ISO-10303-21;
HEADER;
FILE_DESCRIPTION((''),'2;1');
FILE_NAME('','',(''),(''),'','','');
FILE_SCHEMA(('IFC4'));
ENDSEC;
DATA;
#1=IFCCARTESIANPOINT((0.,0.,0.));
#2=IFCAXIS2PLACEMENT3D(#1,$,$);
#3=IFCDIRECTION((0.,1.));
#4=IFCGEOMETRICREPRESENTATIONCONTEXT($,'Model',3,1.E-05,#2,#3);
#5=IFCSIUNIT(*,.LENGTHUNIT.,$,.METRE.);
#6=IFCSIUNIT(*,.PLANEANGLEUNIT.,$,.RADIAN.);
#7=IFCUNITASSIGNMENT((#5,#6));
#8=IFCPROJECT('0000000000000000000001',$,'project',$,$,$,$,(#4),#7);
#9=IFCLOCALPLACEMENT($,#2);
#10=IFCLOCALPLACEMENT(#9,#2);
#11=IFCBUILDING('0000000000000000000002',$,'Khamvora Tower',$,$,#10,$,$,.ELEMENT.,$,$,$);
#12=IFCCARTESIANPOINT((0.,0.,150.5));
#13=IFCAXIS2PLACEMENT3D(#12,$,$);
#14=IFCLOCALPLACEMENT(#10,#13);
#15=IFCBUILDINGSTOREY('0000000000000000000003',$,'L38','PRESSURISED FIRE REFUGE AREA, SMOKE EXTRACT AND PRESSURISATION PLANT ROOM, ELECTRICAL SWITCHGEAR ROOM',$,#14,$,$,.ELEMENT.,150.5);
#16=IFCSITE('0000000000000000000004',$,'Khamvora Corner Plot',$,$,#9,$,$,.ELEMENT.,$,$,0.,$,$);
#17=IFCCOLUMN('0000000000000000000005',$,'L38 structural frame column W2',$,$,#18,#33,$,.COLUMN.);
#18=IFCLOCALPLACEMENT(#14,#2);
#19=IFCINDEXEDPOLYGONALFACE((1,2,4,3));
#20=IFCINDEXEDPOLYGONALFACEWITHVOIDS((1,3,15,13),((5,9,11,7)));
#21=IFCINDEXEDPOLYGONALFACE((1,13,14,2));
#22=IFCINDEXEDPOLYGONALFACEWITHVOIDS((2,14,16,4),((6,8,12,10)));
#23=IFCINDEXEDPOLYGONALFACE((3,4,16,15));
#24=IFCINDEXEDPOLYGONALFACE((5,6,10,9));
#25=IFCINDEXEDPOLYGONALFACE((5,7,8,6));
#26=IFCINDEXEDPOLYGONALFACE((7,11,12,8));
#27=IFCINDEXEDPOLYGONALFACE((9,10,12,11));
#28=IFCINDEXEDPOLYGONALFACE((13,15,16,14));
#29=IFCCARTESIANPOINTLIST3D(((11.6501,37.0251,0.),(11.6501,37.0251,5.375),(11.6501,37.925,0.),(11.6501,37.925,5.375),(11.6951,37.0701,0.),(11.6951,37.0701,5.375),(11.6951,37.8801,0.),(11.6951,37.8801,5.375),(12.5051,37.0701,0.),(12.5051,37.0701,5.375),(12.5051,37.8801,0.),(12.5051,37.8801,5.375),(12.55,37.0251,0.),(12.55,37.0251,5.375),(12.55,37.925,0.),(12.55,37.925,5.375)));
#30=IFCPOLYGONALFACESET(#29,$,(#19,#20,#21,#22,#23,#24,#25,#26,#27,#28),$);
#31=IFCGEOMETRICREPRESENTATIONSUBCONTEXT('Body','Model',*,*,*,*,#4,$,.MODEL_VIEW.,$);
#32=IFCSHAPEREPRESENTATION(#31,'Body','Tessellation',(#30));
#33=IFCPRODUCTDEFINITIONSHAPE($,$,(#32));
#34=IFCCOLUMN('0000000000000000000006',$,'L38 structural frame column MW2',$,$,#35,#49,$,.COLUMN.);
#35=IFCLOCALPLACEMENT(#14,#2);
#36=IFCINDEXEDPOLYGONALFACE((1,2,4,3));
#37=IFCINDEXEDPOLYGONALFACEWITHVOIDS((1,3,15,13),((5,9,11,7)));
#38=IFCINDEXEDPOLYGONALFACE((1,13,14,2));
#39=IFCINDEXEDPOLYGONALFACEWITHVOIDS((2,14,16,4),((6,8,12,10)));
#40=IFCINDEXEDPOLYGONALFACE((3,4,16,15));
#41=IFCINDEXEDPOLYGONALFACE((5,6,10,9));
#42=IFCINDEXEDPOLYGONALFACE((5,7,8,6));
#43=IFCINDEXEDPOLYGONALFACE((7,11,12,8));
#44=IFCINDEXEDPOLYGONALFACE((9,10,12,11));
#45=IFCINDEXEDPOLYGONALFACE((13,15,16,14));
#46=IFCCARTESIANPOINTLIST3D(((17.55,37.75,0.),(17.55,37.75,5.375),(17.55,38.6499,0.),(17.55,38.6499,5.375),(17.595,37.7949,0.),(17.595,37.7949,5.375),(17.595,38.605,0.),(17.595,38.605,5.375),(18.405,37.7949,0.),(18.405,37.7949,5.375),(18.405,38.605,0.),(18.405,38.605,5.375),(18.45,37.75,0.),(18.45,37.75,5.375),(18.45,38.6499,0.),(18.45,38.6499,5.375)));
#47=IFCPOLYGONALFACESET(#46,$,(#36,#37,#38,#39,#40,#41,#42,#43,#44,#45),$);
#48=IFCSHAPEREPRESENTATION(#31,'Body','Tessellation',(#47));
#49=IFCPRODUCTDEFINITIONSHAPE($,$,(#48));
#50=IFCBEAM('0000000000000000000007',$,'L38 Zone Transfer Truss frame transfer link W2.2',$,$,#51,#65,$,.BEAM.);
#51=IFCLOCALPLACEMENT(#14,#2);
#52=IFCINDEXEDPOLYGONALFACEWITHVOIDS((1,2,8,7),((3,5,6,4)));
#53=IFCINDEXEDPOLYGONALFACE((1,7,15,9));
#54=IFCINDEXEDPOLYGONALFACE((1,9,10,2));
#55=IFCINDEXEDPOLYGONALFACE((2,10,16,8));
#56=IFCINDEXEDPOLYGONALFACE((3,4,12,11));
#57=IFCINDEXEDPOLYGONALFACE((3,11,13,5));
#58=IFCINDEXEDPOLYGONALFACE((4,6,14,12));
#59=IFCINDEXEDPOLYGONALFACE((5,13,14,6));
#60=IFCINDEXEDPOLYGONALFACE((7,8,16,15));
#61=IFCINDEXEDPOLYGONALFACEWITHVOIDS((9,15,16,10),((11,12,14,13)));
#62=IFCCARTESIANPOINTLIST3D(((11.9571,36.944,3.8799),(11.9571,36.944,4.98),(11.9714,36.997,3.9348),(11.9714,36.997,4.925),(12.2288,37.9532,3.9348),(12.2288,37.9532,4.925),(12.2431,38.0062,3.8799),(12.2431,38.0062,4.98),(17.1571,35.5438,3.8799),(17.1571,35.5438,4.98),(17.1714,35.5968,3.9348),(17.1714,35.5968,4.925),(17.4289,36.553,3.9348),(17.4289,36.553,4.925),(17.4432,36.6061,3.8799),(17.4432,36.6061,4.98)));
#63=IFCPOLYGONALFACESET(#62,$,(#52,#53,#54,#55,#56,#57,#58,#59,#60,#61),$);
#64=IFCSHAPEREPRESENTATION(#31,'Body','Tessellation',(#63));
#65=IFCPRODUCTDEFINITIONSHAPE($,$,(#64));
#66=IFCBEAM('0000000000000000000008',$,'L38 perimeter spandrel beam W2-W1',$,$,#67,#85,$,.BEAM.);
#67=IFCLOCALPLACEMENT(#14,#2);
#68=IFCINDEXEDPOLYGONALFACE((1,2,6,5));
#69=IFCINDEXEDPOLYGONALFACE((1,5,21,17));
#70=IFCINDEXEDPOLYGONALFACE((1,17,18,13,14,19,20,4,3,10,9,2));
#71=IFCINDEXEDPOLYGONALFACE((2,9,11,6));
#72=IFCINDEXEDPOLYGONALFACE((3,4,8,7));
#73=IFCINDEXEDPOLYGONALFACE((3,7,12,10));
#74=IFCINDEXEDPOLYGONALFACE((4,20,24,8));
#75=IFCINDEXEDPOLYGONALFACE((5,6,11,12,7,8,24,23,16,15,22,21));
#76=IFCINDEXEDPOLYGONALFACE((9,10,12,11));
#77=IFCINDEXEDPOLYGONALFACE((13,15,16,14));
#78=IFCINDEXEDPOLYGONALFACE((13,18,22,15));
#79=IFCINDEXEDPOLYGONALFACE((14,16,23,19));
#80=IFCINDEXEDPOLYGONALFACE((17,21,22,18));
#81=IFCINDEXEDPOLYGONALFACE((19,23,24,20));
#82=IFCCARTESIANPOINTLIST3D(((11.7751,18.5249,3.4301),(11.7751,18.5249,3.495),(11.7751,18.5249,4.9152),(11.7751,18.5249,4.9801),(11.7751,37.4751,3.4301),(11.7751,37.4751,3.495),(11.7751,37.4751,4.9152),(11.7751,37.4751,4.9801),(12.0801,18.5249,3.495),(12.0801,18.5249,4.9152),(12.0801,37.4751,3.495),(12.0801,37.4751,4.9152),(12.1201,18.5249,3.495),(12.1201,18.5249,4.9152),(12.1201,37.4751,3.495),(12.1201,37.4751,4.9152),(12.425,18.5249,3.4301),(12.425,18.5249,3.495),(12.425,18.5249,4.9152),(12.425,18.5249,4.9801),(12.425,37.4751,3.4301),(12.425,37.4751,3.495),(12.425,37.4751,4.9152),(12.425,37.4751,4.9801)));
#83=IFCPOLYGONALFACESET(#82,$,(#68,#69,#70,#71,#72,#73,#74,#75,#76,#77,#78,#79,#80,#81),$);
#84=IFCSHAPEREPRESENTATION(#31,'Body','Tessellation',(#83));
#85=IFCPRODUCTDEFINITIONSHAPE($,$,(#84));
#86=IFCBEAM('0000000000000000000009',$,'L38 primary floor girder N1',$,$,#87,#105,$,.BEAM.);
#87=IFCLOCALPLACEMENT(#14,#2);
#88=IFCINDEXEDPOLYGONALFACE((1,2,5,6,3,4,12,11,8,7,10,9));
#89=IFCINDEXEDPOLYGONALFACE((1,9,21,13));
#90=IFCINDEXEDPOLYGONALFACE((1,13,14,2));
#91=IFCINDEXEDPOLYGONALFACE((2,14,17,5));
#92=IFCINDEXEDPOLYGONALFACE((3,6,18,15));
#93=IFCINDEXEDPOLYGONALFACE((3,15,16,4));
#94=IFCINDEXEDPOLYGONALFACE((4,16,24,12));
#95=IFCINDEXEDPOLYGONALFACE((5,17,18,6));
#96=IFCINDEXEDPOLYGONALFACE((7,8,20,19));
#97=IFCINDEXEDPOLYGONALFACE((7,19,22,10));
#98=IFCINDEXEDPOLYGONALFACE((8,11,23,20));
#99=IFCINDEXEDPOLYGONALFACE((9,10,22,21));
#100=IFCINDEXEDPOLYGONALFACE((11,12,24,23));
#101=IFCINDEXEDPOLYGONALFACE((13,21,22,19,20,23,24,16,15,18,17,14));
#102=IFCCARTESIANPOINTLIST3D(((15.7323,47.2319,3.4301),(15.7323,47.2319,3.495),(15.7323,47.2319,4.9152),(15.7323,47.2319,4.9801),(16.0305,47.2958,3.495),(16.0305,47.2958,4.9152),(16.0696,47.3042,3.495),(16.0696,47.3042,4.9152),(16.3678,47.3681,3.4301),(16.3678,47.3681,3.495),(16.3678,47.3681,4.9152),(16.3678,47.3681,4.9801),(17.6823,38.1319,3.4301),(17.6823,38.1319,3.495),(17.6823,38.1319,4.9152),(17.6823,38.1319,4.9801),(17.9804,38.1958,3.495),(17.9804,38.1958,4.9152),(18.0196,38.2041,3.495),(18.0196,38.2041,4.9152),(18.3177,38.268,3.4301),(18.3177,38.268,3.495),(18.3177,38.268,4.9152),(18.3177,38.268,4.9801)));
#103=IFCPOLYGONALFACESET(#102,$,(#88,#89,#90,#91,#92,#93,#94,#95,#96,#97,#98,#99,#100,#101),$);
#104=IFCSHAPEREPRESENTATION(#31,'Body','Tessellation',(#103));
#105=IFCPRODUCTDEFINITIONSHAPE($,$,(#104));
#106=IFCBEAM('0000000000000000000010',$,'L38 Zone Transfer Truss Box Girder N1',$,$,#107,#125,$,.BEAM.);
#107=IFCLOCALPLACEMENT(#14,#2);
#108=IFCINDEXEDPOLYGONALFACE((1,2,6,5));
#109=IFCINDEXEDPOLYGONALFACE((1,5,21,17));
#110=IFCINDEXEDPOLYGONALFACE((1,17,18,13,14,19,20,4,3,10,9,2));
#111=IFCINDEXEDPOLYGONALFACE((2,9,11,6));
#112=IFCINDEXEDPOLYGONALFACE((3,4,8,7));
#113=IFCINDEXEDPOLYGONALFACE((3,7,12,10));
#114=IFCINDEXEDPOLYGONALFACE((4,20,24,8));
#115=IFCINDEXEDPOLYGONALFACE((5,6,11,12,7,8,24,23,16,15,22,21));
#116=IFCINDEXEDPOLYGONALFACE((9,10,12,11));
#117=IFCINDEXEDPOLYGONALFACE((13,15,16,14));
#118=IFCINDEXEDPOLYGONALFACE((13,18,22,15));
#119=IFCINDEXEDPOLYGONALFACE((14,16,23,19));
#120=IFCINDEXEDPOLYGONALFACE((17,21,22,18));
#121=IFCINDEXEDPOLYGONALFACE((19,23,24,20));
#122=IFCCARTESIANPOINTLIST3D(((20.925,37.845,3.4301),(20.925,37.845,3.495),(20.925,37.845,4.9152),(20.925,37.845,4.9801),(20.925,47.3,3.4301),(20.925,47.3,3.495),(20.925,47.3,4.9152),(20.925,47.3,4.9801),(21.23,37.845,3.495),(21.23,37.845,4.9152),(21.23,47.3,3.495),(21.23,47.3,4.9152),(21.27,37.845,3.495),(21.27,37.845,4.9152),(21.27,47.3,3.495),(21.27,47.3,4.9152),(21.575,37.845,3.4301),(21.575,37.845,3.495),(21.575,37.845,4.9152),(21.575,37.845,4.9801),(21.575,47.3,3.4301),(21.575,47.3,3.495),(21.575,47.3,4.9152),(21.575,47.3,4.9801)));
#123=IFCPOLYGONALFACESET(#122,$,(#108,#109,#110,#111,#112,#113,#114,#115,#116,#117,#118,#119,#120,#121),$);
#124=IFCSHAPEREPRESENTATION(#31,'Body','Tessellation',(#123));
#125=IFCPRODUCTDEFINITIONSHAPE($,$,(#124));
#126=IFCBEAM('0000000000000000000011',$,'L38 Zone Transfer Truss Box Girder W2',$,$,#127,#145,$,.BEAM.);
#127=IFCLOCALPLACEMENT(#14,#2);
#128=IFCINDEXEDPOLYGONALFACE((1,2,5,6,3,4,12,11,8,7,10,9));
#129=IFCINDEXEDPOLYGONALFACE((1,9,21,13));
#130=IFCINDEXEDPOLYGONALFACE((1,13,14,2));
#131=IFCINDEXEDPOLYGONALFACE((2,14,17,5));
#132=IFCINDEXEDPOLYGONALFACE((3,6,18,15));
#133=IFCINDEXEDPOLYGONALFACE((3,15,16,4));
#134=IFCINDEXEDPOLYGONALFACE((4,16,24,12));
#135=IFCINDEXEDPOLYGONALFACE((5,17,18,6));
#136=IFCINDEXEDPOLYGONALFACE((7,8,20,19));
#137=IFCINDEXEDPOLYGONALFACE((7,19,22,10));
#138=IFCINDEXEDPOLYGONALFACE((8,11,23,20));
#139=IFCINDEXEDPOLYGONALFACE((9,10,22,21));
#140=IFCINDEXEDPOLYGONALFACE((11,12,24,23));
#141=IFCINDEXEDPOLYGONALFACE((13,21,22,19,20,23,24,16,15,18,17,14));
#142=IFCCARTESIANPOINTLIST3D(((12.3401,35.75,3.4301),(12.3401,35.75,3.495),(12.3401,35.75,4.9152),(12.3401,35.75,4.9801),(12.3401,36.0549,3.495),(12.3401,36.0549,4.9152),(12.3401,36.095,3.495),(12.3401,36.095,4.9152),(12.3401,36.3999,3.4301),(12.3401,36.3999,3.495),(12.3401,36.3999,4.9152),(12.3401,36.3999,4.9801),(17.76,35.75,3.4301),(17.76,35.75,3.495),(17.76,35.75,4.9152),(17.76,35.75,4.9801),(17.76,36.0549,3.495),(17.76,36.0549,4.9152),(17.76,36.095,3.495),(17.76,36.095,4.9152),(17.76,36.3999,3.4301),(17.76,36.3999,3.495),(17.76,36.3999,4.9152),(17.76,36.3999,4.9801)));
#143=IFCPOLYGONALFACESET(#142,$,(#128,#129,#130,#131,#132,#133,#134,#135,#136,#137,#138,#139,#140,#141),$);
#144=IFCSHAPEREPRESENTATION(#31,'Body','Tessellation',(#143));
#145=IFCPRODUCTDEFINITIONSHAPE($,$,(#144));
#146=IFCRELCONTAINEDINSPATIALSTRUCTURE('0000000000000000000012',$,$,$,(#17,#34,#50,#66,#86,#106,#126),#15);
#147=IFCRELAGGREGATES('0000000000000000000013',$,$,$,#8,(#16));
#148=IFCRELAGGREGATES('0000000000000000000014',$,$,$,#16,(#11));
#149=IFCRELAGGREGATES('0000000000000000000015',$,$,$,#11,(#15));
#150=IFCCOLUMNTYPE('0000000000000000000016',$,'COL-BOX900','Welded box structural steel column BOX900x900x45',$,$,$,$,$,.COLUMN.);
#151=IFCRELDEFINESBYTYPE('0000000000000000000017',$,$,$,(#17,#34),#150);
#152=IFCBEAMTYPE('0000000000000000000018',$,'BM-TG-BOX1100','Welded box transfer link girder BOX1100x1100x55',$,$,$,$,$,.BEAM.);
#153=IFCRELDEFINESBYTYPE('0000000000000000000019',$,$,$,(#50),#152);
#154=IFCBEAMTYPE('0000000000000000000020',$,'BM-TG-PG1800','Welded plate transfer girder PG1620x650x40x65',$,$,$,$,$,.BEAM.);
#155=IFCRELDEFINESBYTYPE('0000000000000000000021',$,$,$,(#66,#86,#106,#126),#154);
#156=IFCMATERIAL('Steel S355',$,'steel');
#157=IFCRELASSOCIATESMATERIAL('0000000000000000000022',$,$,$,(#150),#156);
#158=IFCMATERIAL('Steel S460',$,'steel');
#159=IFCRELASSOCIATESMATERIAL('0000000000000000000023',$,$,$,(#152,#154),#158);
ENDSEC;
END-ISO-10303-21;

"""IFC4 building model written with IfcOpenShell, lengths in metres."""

from ifc_helpers import new_model, si_unit, direction, frame, origin, origin_2d, place, context, subcontext, project, spatial, hollow_rectangle, i_section, extrude, material, material_profile, profile_set, type_object, element, save


model = new_model("IFC4")

# Units and contexts
model_context = context("Model", 3, precision=1e-05, world=origin(), true_north=direction((0.0, 1.0)))
body_context = subcontext(model_context, "Body", "Model", "MODEL_VIEW")
ifc_project = project(units=[si_unit("LENGTHUNIT", "METRE"), si_unit("PLANEANGLEUNIT", "RADIAN")], contexts=[model_context])

# Site, building, storey
site_placement = place(None, origin())
site = spatial("IfcSite", under=ifc_project, at=site_placement, Name="Khamvora Corner Plot", CompositionType="ELEMENT", RefElevation=0.0)
building_placement = place(site_placement, origin())
building = spatial("IfcBuilding", under=site, at=building_placement, Name="Khamvora Tower", CompositionType="ELEMENT")
storey_placement = place(building_placement, frame((0.0, 0.0, 150.5)))
storey = spatial("IfcBuildingStorey", under=building, at=storey_placement, Name="L38", Description="PRESSURISED FIRE REFUGE AREA, SMOKE EXTRACT AND PRESSURISATION PLANT ROOM, ELECTRICAL SWITCHGEAR ROOM", CompositionType="ELEMENT", Elevation=150.5)

# Columns
ifc_material_1 = material(Name="Steel S355", Category="steel")
ifc_material_profile_1 = material_profile(ifc_material_1, hollow_rectangle(XDim=0.8999, YDim=0.8999, WallThickness=0.0449, at=origin_2d()), Name="BOX900x900x45")
ifc_profile_set_1 = profile_set([ifc_material_profile_1], Name="Steel S355")
column_type = type_object("IfcColumnType", Name="COL-BOX900", Description="Welded box structural steel column BOX900x900x45", PredefinedType="COLUMN", material=ifc_profile_set_1)
for number, where, z_axis, x_axis, name in (
    (1, (12.1001, 37.4751, 0.0), (0.0, 0.0, 1.0), (1.0, 0.0, 0.0), "L38 structural frame column W2"),
    (2, (18.0, 38.2, 0.0), (0.0, 0.0, 1.0), (1.0, 0.0, 0.0), "L38 structural frame column MW2"),
):
    element("IfcColumn", number, at=place(storey_placement, frame(where, z_axis=z_axis, x_axis=x_axis)), inside=storey, type_object=column_type, Name=name, PredefinedType="COLUMN", context=body_context, shape_type="SweptSolid", body=[
        extrude(hollow_rectangle(XDim=0.8999, YDim=0.8999, WallThickness=0.0449, at=origin_2d()), origin(), (0.0, 0.0, 1.0), 5.375),
    ])

# Beams
ifc_material_2 = material(Name="Steel S460", Category="steel")
ifc_material_profile_2 = material_profile(ifc_material_2, hollow_rectangle(XDim=1.1001, YDim=1.1001, WallThickness=0.0549, at=origin_2d()), Name="BOX1100x1100x55")
ifc_profile_set_2 = profile_set([ifc_material_profile_2], Name="Steel S460")
beam_type_1 = type_object("IfcBeamType", Name="BM-TG-BOX1100", Description="Welded box transfer link girder BOX1100x1100x55", PredefinedType="BEAM", material=ifc_profile_set_2)
beam_1_placement = place(storey_placement, frame((12.1001, 37.4751, 4.4299), z_axis=(0.965608, -0.260001, 0.0), x_axis=(0.260001, 0.965608, 0.0)))
element("IfcBeam", 3, at=beam_1_placement, inside=storey, type_object=beam_type_1, Name="L38 Zone Transfer Truss frame transfer link W2.2", PredefinedType="BEAM", context=body_context, shape_type="SweptSolid", body=[
    extrude(hollow_rectangle(XDim=1.1001, YDim=1.1001, WallThickness=0.0549, at=origin_2d()), origin(), (0.0, 0.0, 1.0), 5.3853),
])
ifc_material_profile_3 = material_profile(ifc_material_2, i_section(OverallWidth=0.6499, OverallDepth=1.55, WebThickness=0.04, FlangeThickness=0.0649, at=origin_2d()), Name="PG1550x650x40x65")
ifc_profile_set_3 = profile_set([ifc_material_profile_3], Name="Steel S460")
beam_type_2 = type_object("IfcBeamType", Name="BM-TG-PG1800", Description="Welded plate transfer girder PG1620x650x40x65", PredefinedType="BEAM", material=ifc_profile_set_3)
beam_2_placement = place(storey_placement, frame((12.1001, 37.4751, 4.2051), z_axis=(0.0, -1.0, 0.0), x_axis=(1.0, 0.0, 0.0)))
element("IfcBeam", 4, at=beam_2_placement, inside=storey, type_object=beam_type_2, Name="L38 perimeter spandrel beam W2-W1", PredefinedType="BEAM", context=body_context, shape_type="SweptSolid", body=[
    extrude(i_section(OverallWidth=0.6499, OverallDepth=1.55, WebThickness=0.04, FlangeThickness=0.0649, at=origin_2d()), origin(), (0.0, 0.0, 1.0), 18.9502),
])
beam_3_placement = place(storey_placement, frame((18.0, 38.2, 4.2051), z_axis=(-0.209522, 0.977804, 0.0), x_axis=(-0.977804, -0.209522, 0.0)))
element("IfcBeam", 5, at=beam_3_placement, inside=storey, type_object=beam_type_2, Name="L38 primary floor girder N1", PredefinedType="BEAM", context=body_context, shape_type="SweptSolid", body=[
    extrude(i_section(OverallWidth=0.6499, OverallDepth=1.55, WebThickness=0.04, FlangeThickness=0.0649, at=origin_2d()), origin(), (0.0, 0.0, 1.0), 9.3066),
])
beam_4_placement = place(storey_placement, frame((21.25, 37.845, 4.2051), z_axis=(0.0, 1.0, 0.0), x_axis=(-1.0, 0.0, 0.0)))
element("IfcBeam", 6, at=beam_4_placement, inside=storey, type_object=beam_type_2, Name="L38 Zone Transfer Truss Box Girder N1", PredefinedType="BEAM", context=body_context, shape_type="SweptSolid", body=[
    extrude(i_section(OverallWidth=0.6499, OverallDepth=1.55, WebThickness=0.04, FlangeThickness=0.0649, at=origin_2d()), origin(), (0.0, 0.0, 1.0), 9.4551),
])
beam_5_placement = place(storey_placement, frame((12.3401, 36.075, 4.2051), z_axis=(1.0, 0.0, 0.0), x_axis=(0.0, 1.0, 0.0)))
element("IfcBeam", 7, at=beam_5_placement, inside=storey, type_object=beam_type_2, Name="L38 Zone Transfer Truss Box Girder W2", PredefinedType="BEAM", context=body_context, shape_type="SweptSolid", body=[
    extrude(i_section(OverallWidth=0.6499, OverallDepth=1.55, WebThickness=0.04, FlangeThickness=0.0649, at=origin_2d()), origin(), (0.0, 0.0, 1.0), 5.4199),
])

save(model, "model.ifc")
